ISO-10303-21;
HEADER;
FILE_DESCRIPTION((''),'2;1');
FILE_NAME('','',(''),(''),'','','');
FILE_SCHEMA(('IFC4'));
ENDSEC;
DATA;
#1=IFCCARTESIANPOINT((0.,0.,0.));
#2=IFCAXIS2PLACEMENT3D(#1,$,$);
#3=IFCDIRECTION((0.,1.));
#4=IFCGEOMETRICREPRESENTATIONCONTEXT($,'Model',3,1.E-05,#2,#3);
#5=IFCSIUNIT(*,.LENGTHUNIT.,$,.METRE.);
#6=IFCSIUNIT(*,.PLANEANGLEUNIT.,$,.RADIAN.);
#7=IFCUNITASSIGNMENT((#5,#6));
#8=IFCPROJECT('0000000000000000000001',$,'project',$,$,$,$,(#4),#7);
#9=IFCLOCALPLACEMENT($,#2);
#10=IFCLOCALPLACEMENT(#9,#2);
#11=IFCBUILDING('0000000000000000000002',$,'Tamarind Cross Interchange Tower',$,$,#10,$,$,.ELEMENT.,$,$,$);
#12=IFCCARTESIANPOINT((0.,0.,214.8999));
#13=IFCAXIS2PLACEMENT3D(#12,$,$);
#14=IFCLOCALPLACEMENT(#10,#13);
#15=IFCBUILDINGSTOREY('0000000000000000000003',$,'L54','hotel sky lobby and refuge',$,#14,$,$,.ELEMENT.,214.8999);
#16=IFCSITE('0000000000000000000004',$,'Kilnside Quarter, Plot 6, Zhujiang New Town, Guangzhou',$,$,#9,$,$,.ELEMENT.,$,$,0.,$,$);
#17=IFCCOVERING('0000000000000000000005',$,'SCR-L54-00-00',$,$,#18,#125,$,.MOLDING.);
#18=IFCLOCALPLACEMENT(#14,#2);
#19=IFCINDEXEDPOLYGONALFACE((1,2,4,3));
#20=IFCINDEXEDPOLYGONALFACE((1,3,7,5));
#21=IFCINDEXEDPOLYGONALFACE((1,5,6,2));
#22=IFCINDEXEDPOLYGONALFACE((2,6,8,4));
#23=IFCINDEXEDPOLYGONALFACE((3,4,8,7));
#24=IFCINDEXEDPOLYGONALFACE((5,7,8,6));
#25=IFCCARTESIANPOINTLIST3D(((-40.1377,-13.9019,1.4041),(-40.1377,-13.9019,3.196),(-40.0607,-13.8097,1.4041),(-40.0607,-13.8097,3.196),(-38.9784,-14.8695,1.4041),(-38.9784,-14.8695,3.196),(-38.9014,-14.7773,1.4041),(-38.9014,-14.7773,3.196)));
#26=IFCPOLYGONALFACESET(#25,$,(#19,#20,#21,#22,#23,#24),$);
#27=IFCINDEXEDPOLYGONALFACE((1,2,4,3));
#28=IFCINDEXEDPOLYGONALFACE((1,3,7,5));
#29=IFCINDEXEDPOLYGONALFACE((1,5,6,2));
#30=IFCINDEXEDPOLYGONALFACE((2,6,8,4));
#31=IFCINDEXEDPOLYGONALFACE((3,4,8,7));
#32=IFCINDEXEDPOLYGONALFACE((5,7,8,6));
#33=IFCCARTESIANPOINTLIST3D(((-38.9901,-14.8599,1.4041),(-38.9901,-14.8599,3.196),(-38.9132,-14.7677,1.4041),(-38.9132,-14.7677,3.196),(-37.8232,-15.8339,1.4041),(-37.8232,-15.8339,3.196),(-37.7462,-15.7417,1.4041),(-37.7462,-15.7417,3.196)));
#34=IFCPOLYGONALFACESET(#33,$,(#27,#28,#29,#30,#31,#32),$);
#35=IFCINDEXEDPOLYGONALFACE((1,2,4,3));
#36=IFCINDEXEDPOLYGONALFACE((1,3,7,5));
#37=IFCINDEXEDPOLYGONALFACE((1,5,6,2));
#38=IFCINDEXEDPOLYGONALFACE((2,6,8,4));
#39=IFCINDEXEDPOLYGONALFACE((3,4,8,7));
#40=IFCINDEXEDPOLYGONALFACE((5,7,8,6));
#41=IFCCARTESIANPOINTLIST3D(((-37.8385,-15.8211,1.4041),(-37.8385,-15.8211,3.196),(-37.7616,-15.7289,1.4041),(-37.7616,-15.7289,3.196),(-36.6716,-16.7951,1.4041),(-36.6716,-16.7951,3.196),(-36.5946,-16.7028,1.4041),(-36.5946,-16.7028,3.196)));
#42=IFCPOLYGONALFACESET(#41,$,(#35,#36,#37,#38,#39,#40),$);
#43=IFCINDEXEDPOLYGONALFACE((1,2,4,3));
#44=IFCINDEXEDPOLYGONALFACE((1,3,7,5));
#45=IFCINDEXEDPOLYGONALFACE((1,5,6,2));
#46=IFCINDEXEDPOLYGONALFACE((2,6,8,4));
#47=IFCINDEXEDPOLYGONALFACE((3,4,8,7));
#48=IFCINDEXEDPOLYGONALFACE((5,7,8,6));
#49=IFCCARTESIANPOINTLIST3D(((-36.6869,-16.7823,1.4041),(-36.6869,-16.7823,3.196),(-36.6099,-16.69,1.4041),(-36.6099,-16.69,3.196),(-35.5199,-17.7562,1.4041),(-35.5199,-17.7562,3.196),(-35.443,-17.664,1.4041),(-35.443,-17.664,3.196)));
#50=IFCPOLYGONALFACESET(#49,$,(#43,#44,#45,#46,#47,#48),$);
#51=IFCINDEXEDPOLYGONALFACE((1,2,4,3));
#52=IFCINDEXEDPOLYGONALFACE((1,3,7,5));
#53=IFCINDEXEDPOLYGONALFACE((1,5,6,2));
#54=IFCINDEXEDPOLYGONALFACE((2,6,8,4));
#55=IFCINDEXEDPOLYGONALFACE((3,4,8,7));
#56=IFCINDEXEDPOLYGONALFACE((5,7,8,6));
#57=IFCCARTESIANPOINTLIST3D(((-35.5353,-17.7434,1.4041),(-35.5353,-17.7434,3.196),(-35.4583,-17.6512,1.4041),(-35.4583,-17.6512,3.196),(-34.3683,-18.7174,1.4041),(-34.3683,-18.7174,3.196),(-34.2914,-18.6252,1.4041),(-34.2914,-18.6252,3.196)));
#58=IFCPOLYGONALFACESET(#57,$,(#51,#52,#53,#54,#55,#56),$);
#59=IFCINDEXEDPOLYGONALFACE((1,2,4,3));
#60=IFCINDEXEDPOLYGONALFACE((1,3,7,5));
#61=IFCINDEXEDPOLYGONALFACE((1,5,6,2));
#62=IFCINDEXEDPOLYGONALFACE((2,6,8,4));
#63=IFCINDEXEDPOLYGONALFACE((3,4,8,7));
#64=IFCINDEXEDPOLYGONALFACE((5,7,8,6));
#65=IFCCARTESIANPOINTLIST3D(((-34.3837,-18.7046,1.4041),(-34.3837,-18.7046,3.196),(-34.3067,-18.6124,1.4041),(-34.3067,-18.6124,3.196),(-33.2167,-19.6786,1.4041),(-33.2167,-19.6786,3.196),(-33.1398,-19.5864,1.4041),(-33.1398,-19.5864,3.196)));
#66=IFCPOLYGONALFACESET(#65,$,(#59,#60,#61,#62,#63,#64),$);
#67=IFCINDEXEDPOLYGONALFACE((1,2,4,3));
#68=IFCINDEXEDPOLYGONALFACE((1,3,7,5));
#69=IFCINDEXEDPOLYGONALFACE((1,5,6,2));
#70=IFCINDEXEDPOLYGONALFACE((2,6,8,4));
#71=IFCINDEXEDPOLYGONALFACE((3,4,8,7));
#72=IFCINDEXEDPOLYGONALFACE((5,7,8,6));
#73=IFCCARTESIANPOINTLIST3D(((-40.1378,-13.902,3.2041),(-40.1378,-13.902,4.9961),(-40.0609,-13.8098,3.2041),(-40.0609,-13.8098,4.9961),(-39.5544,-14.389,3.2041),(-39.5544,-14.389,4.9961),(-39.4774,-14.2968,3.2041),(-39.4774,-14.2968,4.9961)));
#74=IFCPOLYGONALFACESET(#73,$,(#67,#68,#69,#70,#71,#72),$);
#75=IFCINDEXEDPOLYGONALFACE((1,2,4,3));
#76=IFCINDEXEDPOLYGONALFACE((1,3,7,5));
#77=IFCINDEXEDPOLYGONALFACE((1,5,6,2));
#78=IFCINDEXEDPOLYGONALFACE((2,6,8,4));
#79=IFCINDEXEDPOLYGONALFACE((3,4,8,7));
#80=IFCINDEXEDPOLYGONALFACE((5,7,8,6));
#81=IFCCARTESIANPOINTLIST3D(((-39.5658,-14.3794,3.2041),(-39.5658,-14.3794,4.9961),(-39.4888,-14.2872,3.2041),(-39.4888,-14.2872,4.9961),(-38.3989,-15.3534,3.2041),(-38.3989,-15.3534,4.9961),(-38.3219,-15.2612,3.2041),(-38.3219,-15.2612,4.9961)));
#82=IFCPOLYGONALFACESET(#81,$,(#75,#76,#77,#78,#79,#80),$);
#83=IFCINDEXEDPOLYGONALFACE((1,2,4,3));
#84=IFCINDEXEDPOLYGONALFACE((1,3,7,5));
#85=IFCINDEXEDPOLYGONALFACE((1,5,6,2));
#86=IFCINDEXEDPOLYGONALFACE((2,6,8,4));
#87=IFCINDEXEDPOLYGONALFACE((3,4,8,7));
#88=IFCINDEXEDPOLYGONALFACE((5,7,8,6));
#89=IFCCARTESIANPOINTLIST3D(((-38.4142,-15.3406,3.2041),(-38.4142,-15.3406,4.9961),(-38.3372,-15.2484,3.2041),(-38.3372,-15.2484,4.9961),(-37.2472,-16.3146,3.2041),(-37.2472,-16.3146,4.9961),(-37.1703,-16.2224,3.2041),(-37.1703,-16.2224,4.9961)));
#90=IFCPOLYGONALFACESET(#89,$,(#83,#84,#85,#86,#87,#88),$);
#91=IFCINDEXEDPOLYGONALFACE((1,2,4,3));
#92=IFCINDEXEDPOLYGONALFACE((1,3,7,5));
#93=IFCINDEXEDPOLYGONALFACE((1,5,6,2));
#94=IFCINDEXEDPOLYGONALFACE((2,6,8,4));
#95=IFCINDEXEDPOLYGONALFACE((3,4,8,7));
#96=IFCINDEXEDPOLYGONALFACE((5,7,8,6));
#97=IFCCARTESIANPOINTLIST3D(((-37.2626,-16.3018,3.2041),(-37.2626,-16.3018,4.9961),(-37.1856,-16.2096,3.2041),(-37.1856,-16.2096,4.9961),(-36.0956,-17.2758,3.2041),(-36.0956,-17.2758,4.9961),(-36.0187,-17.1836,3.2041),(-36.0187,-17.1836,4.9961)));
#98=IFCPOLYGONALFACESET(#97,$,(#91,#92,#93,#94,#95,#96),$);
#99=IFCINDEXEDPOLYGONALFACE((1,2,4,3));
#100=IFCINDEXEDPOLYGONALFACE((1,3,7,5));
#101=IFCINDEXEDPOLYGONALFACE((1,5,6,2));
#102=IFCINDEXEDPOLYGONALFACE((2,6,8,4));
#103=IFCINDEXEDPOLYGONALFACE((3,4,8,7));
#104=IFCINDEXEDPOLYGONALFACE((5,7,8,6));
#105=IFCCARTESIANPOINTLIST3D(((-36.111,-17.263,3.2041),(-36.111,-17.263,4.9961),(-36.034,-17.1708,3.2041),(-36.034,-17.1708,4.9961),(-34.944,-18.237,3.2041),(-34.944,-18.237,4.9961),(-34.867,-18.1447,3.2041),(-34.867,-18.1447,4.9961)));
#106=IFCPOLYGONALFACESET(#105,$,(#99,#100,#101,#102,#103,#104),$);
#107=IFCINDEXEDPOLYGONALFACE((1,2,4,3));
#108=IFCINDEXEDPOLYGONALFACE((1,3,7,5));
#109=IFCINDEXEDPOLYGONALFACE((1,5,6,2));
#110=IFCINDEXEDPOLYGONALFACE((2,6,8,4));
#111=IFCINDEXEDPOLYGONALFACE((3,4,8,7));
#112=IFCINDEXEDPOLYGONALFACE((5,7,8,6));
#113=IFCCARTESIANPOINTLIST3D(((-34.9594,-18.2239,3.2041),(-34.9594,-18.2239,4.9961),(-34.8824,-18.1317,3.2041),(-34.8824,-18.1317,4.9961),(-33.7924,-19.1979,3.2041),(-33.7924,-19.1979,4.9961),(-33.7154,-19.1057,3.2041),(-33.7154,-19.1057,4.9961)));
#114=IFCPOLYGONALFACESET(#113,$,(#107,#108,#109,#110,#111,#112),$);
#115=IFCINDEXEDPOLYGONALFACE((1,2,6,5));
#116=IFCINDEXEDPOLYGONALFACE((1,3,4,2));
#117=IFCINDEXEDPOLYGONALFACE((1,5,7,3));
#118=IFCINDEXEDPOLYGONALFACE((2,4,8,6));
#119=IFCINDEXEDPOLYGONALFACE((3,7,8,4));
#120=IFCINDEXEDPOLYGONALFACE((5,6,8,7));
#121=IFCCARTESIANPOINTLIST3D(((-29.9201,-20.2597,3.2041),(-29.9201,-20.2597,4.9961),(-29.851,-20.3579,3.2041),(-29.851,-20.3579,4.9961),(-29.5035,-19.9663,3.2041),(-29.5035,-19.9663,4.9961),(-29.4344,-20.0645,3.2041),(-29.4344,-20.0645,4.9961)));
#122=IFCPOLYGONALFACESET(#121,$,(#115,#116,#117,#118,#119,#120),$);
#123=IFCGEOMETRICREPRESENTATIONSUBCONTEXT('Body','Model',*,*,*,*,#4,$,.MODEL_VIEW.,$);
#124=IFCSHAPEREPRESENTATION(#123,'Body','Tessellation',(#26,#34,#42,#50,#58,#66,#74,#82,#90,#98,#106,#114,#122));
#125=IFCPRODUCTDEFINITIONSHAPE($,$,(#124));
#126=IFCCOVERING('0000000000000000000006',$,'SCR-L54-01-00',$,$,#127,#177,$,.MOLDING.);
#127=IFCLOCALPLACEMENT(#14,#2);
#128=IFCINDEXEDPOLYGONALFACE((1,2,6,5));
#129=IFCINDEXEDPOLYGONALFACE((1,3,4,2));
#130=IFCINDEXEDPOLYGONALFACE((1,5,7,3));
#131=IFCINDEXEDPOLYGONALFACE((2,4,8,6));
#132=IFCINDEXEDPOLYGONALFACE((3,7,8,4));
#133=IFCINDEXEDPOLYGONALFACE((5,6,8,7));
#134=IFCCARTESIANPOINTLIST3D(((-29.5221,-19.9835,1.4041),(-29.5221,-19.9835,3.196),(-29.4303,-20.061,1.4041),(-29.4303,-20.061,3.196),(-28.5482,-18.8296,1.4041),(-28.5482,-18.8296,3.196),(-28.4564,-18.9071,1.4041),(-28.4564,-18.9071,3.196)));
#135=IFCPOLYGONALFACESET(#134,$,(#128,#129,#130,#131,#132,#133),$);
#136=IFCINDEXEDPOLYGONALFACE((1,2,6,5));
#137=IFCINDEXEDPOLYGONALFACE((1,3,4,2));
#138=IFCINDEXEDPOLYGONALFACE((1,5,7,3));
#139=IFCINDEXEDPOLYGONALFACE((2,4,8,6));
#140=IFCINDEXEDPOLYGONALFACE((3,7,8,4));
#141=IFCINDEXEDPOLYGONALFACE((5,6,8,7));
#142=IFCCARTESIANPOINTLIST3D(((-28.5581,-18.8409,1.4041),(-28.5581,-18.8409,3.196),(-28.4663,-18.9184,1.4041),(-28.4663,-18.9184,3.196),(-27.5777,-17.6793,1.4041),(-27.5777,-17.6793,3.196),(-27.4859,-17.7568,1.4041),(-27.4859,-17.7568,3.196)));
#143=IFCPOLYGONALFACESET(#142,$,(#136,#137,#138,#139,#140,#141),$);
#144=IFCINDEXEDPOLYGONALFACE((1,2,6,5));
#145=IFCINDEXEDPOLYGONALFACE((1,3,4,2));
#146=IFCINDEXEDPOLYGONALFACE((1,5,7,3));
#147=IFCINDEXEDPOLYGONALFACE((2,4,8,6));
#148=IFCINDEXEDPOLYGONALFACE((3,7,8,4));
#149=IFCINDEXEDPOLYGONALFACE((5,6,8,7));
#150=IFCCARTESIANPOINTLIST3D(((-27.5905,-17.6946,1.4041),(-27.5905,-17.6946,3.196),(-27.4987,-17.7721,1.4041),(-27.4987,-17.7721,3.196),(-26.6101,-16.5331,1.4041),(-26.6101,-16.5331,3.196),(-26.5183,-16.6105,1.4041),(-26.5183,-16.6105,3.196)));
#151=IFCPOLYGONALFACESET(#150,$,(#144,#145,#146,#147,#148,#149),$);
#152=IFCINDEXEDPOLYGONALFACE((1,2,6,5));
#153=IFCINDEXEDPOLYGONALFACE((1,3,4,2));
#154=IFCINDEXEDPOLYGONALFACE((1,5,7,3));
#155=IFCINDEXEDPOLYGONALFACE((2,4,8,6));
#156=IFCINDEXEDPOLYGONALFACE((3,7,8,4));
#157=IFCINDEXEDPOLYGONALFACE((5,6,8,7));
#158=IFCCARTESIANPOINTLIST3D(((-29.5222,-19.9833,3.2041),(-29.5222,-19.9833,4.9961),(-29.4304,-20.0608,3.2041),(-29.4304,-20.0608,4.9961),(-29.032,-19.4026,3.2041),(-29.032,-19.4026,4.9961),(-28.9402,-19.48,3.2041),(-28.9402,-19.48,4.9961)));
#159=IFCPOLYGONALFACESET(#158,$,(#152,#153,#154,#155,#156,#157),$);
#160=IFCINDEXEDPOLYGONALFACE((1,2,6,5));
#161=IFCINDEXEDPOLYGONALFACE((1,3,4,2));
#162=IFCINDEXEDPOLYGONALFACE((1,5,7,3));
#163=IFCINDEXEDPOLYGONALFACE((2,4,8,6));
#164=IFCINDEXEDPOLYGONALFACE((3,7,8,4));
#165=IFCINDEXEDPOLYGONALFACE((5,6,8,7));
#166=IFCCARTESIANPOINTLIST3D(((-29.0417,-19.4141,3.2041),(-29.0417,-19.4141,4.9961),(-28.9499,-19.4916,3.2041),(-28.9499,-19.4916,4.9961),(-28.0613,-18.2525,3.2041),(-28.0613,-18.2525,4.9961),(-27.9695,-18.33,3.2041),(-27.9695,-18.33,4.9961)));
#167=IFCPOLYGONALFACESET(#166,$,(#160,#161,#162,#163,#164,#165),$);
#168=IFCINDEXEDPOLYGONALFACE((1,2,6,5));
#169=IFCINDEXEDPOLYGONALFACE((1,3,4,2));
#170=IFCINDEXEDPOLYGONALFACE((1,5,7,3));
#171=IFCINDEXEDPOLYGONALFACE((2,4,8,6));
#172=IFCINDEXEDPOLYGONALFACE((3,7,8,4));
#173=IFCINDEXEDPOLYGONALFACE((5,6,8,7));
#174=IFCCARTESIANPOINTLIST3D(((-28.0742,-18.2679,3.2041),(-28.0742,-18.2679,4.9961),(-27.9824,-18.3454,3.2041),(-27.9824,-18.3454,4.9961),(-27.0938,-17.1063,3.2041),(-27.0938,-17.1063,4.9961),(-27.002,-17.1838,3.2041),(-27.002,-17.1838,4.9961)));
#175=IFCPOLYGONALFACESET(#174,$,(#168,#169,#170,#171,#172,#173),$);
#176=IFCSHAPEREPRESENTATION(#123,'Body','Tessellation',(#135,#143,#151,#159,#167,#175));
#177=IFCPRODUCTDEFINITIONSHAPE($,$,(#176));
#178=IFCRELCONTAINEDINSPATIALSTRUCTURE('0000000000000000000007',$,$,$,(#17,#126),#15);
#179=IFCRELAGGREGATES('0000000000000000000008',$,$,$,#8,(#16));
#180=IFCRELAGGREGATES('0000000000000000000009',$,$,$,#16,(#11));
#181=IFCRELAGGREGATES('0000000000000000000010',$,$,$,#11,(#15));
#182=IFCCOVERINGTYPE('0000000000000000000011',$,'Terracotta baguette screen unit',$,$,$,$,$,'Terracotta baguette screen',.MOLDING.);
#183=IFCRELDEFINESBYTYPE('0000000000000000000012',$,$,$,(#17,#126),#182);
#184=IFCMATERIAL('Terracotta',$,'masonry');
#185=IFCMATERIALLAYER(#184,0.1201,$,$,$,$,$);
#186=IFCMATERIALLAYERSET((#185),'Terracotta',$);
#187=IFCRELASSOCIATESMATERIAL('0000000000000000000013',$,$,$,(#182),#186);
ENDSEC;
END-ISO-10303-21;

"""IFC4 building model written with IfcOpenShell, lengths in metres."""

from ifc_helpers import new_model, si_unit, direction, frame, origin, origin_2d, place, context, subcontext, project, spatial, rectangle, extrude, material, layer, layer_set, type_object, element, save


model = new_model("IFC4")

# Units and contexts
model_context = context("Model", 3, precision=1e-05, world=origin(), true_north=direction((0.0, 1.0)))
body_context = subcontext(model_context, "Body", "Model", "MODEL_VIEW")
ifc_project = project(units=[si_unit("LENGTHUNIT", "METRE"), si_unit("PLANEANGLEUNIT", "RADIAN")], contexts=[model_context])

# Site, building, storey
site_placement = place(None, origin())
site = spatial("IfcSite", under=ifc_project, at=site_placement, Name="Kilnside Quarter, Plot 6, Zhujiang New Town, Guangzhou", CompositionType="ELEMENT", RefElevation=0.0)
building_placement = place(site_placement, origin())
building = spatial("IfcBuilding", under=site, at=building_placement, Name="Tamarind Cross Interchange Tower", CompositionType="ELEMENT")
storey_placement = place(building_placement, frame((0.0, 0.0, 214.8999)))
storey = spatial("IfcBuildingStorey", under=building, at=storey_placement, Name="L54", Description="hotel sky lobby and refuge", CompositionType="ELEMENT", Elevation=214.8999)

# Coverings
ifc_material_1 = material(Name="Terracotta", Category="masonry")
ifc_layer_1 = layer(ifc_material_1, 0.1201)
ifc_layer_set_1 = layer_set([ifc_layer_1], Name="Terracotta")
covering_type = type_object("IfcCoveringType", Name="Terracotta baguette screen unit", ElementType="Terracotta baguette screen", PredefinedType="MOLDING", material=ifc_layer_set_1)
covering_1_placement = place(storey_placement, origin())
element("IfcCovering", 1, at=covering_1_placement, inside=storey, type_object=covering_type, Name="SCR-L54-00-00", PredefinedType="MOLDING", context=body_context, shape_type="SweptSolid", body=[
    extrude(rectangle(XDim=1.51, YDim=0.1201, at=origin_2d()), frame((-39.5195, -14.3396, 1.4041), z_axis=(0.0, 0.0, 1.0), x_axis=(0.767729, -0.640775, 0.0)), (0.0, 0.0, 1.0), 1.792),
    extrude(rectangle(XDim=1.52, YDim=0.1201, at=origin_2d()), frame((-38.3682, -15.3008, 1.4041), z_axis=(0.0, 0.0, 1.0), x_axis=(0.767729, -0.640775, 0.0)), (0.0, 0.0, 1.0), 1.792),
    extrude(rectangle(XDim=1.52, YDim=0.1201, at=origin_2d()), frame((-37.2166, -16.262, 1.4041), z_axis=(0.0, 0.0, 1.0), x_axis=(0.767729, -0.640775, 0.0)), (0.0, 0.0, 1.0), 1.792),
    extrude(rectangle(XDim=1.52, YDim=0.1201, at=origin_2d()), frame((-36.0649, -17.2231, 1.4041), z_axis=(0.0, 0.0, 1.0), x_axis=(0.767729, -0.640775, 0.0)), (0.0, 0.0, 1.0), 1.792),
    extrude(rectangle(XDim=1.52, YDim=0.1201, at=origin_2d()), frame((-34.9133, -18.1843, 1.4041), z_axis=(0.0, 0.0, 1.0), x_axis=(0.767729, -0.640775, 0.0)), (0.0, 0.0, 1.0), 1.792),
    extrude(rectangle(XDim=1.52, YDim=0.1201, at=origin_2d()), frame((-33.7617, -19.1455, 1.4041), z_axis=(0.0, 0.0, 1.0), x_axis=(0.767729, -0.640775, 0.0)), (0.0, 0.0, 1.0), 1.792),
    extrude(rectangle(XDim=0.76, YDim=0.1201, at=origin_2d()), frame((-39.8076, -14.0994, 3.2041), z_axis=(0.0, 0.0, 1.0), x_axis=(0.767729, -0.640775, 0.0)), (0.0, 0.0, 1.0), 1.792),
    extrude(rectangle(XDim=1.52, YDim=0.1201, at=origin_2d()), frame((-38.9438, -14.8203, 3.2041), z_axis=(0.0, 0.0, 1.0), x_axis=(0.767729, -0.640775, 0.0)), (0.0, 0.0, 1.0), 1.792),
    extrude(rectangle(XDim=1.52, YDim=0.1201, at=origin_2d()), frame((-37.7922, -15.7815, 3.2041), z_axis=(0.0, 0.0, 1.0), x_axis=(0.767729, -0.640775, 0.0)), (0.0, 0.0, 1.0), 1.792),
    extrude(rectangle(XDim=1.52, YDim=0.1201, at=origin_2d()), frame((-36.6406, -16.7427, 3.2041), z_axis=(0.0, 0.0, 1.0), x_axis=(0.767729, -0.640775, 0.0)), (0.0, 0.0, 1.0), 1.792),
    extrude(rectangle(XDim=1.52, YDim=0.1201, at=origin_2d()), frame((-35.489, -17.7039, 3.2041), z_axis=(0.0, 0.0, 1.0), x_axis=(0.767729, -0.640775, 0.0)), (0.0, 0.0, 1.0), 1.792),
    extrude(rectangle(XDim=1.52, YDim=0.1201, at=origin_2d()), frame((-34.3374, -18.6648, 3.2041), z_axis=(0.0, 0.0, 1.0), x_axis=(0.767729, -0.640775, 0.0)), (0.0, 0.0, 1.0), 1.792),
    extrude(rectangle(XDim=0.5095, YDim=0.1201, at=origin_2d()), frame((-29.6772, -20.1621, 3.2041), z_axis=(0.0, 0.0, 1.0), x_axis=(0.817644, 0.575725, 0.0)), (0.0, 0.0, 1.0), 1.792),
])
covering_2_placement = place(storey_placement, origin())
element("IfcCovering", 2, at=covering_2_placement, inside=storey, type_object=covering_type, Name="SCR-L54-01-00", PredefinedType="MOLDING", context=body_context, shape_type="SweptSolid", body=[
    extrude(rectangle(XDim=1.51, YDim=0.1201, at=origin_2d()), frame((-28.9893, -19.4453, 1.4041), z_axis=(0.0, 0.0, 1.0), x_axis=(0.644989, 0.764191, 0.0)), (0.0, 0.0, 1.0), 1.792),
    extrude(rectangle(XDim=1.52, YDim=0.1201, at=origin_2d()), frame((-28.022, -18.2988, 1.4041), z_axis=(0.0, 0.0, 1.0), x_axis=(0.644989, 0.764191, 0.0)), (0.0, 0.0, 1.0), 1.792),
    extrude(rectangle(XDim=1.52, YDim=0.1201, at=origin_2d()), frame((-27.0544, -17.1526, 1.4041), z_axis=(0.0, 0.0, 1.0), x_axis=(0.644989, 0.764191, 0.0)), (0.0, 0.0, 1.0), 1.792),
    extrude(rectangle(XDim=0.76, YDim=0.1201, at=origin_2d()), frame((-29.2312, -19.7317, 3.2041), z_axis=(0.0, 0.0, 1.0), x_axis=(0.644989, 0.764191, 0.0)), (0.0, 0.0, 1.0), 1.792),
    extrude(rectangle(XDim=1.52, YDim=0.1201, at=origin_2d()), frame((-28.5056, -18.8721, 3.2041), z_axis=(0.0, 0.0, 1.0), x_axis=(0.644989, 0.764191, 0.0)), (0.0, 0.0, 1.0), 1.792),
    extrude(rectangle(XDim=1.52, YDim=0.1201, at=origin_2d()), frame((-27.5381, -17.7258, 3.2041), z_axis=(0.0, 0.0, 1.0), x_axis=(0.644989, 0.764191, 0.0)), (0.0, 0.0, 1.0), 1.792),
])

save(model, "model.ifc")
